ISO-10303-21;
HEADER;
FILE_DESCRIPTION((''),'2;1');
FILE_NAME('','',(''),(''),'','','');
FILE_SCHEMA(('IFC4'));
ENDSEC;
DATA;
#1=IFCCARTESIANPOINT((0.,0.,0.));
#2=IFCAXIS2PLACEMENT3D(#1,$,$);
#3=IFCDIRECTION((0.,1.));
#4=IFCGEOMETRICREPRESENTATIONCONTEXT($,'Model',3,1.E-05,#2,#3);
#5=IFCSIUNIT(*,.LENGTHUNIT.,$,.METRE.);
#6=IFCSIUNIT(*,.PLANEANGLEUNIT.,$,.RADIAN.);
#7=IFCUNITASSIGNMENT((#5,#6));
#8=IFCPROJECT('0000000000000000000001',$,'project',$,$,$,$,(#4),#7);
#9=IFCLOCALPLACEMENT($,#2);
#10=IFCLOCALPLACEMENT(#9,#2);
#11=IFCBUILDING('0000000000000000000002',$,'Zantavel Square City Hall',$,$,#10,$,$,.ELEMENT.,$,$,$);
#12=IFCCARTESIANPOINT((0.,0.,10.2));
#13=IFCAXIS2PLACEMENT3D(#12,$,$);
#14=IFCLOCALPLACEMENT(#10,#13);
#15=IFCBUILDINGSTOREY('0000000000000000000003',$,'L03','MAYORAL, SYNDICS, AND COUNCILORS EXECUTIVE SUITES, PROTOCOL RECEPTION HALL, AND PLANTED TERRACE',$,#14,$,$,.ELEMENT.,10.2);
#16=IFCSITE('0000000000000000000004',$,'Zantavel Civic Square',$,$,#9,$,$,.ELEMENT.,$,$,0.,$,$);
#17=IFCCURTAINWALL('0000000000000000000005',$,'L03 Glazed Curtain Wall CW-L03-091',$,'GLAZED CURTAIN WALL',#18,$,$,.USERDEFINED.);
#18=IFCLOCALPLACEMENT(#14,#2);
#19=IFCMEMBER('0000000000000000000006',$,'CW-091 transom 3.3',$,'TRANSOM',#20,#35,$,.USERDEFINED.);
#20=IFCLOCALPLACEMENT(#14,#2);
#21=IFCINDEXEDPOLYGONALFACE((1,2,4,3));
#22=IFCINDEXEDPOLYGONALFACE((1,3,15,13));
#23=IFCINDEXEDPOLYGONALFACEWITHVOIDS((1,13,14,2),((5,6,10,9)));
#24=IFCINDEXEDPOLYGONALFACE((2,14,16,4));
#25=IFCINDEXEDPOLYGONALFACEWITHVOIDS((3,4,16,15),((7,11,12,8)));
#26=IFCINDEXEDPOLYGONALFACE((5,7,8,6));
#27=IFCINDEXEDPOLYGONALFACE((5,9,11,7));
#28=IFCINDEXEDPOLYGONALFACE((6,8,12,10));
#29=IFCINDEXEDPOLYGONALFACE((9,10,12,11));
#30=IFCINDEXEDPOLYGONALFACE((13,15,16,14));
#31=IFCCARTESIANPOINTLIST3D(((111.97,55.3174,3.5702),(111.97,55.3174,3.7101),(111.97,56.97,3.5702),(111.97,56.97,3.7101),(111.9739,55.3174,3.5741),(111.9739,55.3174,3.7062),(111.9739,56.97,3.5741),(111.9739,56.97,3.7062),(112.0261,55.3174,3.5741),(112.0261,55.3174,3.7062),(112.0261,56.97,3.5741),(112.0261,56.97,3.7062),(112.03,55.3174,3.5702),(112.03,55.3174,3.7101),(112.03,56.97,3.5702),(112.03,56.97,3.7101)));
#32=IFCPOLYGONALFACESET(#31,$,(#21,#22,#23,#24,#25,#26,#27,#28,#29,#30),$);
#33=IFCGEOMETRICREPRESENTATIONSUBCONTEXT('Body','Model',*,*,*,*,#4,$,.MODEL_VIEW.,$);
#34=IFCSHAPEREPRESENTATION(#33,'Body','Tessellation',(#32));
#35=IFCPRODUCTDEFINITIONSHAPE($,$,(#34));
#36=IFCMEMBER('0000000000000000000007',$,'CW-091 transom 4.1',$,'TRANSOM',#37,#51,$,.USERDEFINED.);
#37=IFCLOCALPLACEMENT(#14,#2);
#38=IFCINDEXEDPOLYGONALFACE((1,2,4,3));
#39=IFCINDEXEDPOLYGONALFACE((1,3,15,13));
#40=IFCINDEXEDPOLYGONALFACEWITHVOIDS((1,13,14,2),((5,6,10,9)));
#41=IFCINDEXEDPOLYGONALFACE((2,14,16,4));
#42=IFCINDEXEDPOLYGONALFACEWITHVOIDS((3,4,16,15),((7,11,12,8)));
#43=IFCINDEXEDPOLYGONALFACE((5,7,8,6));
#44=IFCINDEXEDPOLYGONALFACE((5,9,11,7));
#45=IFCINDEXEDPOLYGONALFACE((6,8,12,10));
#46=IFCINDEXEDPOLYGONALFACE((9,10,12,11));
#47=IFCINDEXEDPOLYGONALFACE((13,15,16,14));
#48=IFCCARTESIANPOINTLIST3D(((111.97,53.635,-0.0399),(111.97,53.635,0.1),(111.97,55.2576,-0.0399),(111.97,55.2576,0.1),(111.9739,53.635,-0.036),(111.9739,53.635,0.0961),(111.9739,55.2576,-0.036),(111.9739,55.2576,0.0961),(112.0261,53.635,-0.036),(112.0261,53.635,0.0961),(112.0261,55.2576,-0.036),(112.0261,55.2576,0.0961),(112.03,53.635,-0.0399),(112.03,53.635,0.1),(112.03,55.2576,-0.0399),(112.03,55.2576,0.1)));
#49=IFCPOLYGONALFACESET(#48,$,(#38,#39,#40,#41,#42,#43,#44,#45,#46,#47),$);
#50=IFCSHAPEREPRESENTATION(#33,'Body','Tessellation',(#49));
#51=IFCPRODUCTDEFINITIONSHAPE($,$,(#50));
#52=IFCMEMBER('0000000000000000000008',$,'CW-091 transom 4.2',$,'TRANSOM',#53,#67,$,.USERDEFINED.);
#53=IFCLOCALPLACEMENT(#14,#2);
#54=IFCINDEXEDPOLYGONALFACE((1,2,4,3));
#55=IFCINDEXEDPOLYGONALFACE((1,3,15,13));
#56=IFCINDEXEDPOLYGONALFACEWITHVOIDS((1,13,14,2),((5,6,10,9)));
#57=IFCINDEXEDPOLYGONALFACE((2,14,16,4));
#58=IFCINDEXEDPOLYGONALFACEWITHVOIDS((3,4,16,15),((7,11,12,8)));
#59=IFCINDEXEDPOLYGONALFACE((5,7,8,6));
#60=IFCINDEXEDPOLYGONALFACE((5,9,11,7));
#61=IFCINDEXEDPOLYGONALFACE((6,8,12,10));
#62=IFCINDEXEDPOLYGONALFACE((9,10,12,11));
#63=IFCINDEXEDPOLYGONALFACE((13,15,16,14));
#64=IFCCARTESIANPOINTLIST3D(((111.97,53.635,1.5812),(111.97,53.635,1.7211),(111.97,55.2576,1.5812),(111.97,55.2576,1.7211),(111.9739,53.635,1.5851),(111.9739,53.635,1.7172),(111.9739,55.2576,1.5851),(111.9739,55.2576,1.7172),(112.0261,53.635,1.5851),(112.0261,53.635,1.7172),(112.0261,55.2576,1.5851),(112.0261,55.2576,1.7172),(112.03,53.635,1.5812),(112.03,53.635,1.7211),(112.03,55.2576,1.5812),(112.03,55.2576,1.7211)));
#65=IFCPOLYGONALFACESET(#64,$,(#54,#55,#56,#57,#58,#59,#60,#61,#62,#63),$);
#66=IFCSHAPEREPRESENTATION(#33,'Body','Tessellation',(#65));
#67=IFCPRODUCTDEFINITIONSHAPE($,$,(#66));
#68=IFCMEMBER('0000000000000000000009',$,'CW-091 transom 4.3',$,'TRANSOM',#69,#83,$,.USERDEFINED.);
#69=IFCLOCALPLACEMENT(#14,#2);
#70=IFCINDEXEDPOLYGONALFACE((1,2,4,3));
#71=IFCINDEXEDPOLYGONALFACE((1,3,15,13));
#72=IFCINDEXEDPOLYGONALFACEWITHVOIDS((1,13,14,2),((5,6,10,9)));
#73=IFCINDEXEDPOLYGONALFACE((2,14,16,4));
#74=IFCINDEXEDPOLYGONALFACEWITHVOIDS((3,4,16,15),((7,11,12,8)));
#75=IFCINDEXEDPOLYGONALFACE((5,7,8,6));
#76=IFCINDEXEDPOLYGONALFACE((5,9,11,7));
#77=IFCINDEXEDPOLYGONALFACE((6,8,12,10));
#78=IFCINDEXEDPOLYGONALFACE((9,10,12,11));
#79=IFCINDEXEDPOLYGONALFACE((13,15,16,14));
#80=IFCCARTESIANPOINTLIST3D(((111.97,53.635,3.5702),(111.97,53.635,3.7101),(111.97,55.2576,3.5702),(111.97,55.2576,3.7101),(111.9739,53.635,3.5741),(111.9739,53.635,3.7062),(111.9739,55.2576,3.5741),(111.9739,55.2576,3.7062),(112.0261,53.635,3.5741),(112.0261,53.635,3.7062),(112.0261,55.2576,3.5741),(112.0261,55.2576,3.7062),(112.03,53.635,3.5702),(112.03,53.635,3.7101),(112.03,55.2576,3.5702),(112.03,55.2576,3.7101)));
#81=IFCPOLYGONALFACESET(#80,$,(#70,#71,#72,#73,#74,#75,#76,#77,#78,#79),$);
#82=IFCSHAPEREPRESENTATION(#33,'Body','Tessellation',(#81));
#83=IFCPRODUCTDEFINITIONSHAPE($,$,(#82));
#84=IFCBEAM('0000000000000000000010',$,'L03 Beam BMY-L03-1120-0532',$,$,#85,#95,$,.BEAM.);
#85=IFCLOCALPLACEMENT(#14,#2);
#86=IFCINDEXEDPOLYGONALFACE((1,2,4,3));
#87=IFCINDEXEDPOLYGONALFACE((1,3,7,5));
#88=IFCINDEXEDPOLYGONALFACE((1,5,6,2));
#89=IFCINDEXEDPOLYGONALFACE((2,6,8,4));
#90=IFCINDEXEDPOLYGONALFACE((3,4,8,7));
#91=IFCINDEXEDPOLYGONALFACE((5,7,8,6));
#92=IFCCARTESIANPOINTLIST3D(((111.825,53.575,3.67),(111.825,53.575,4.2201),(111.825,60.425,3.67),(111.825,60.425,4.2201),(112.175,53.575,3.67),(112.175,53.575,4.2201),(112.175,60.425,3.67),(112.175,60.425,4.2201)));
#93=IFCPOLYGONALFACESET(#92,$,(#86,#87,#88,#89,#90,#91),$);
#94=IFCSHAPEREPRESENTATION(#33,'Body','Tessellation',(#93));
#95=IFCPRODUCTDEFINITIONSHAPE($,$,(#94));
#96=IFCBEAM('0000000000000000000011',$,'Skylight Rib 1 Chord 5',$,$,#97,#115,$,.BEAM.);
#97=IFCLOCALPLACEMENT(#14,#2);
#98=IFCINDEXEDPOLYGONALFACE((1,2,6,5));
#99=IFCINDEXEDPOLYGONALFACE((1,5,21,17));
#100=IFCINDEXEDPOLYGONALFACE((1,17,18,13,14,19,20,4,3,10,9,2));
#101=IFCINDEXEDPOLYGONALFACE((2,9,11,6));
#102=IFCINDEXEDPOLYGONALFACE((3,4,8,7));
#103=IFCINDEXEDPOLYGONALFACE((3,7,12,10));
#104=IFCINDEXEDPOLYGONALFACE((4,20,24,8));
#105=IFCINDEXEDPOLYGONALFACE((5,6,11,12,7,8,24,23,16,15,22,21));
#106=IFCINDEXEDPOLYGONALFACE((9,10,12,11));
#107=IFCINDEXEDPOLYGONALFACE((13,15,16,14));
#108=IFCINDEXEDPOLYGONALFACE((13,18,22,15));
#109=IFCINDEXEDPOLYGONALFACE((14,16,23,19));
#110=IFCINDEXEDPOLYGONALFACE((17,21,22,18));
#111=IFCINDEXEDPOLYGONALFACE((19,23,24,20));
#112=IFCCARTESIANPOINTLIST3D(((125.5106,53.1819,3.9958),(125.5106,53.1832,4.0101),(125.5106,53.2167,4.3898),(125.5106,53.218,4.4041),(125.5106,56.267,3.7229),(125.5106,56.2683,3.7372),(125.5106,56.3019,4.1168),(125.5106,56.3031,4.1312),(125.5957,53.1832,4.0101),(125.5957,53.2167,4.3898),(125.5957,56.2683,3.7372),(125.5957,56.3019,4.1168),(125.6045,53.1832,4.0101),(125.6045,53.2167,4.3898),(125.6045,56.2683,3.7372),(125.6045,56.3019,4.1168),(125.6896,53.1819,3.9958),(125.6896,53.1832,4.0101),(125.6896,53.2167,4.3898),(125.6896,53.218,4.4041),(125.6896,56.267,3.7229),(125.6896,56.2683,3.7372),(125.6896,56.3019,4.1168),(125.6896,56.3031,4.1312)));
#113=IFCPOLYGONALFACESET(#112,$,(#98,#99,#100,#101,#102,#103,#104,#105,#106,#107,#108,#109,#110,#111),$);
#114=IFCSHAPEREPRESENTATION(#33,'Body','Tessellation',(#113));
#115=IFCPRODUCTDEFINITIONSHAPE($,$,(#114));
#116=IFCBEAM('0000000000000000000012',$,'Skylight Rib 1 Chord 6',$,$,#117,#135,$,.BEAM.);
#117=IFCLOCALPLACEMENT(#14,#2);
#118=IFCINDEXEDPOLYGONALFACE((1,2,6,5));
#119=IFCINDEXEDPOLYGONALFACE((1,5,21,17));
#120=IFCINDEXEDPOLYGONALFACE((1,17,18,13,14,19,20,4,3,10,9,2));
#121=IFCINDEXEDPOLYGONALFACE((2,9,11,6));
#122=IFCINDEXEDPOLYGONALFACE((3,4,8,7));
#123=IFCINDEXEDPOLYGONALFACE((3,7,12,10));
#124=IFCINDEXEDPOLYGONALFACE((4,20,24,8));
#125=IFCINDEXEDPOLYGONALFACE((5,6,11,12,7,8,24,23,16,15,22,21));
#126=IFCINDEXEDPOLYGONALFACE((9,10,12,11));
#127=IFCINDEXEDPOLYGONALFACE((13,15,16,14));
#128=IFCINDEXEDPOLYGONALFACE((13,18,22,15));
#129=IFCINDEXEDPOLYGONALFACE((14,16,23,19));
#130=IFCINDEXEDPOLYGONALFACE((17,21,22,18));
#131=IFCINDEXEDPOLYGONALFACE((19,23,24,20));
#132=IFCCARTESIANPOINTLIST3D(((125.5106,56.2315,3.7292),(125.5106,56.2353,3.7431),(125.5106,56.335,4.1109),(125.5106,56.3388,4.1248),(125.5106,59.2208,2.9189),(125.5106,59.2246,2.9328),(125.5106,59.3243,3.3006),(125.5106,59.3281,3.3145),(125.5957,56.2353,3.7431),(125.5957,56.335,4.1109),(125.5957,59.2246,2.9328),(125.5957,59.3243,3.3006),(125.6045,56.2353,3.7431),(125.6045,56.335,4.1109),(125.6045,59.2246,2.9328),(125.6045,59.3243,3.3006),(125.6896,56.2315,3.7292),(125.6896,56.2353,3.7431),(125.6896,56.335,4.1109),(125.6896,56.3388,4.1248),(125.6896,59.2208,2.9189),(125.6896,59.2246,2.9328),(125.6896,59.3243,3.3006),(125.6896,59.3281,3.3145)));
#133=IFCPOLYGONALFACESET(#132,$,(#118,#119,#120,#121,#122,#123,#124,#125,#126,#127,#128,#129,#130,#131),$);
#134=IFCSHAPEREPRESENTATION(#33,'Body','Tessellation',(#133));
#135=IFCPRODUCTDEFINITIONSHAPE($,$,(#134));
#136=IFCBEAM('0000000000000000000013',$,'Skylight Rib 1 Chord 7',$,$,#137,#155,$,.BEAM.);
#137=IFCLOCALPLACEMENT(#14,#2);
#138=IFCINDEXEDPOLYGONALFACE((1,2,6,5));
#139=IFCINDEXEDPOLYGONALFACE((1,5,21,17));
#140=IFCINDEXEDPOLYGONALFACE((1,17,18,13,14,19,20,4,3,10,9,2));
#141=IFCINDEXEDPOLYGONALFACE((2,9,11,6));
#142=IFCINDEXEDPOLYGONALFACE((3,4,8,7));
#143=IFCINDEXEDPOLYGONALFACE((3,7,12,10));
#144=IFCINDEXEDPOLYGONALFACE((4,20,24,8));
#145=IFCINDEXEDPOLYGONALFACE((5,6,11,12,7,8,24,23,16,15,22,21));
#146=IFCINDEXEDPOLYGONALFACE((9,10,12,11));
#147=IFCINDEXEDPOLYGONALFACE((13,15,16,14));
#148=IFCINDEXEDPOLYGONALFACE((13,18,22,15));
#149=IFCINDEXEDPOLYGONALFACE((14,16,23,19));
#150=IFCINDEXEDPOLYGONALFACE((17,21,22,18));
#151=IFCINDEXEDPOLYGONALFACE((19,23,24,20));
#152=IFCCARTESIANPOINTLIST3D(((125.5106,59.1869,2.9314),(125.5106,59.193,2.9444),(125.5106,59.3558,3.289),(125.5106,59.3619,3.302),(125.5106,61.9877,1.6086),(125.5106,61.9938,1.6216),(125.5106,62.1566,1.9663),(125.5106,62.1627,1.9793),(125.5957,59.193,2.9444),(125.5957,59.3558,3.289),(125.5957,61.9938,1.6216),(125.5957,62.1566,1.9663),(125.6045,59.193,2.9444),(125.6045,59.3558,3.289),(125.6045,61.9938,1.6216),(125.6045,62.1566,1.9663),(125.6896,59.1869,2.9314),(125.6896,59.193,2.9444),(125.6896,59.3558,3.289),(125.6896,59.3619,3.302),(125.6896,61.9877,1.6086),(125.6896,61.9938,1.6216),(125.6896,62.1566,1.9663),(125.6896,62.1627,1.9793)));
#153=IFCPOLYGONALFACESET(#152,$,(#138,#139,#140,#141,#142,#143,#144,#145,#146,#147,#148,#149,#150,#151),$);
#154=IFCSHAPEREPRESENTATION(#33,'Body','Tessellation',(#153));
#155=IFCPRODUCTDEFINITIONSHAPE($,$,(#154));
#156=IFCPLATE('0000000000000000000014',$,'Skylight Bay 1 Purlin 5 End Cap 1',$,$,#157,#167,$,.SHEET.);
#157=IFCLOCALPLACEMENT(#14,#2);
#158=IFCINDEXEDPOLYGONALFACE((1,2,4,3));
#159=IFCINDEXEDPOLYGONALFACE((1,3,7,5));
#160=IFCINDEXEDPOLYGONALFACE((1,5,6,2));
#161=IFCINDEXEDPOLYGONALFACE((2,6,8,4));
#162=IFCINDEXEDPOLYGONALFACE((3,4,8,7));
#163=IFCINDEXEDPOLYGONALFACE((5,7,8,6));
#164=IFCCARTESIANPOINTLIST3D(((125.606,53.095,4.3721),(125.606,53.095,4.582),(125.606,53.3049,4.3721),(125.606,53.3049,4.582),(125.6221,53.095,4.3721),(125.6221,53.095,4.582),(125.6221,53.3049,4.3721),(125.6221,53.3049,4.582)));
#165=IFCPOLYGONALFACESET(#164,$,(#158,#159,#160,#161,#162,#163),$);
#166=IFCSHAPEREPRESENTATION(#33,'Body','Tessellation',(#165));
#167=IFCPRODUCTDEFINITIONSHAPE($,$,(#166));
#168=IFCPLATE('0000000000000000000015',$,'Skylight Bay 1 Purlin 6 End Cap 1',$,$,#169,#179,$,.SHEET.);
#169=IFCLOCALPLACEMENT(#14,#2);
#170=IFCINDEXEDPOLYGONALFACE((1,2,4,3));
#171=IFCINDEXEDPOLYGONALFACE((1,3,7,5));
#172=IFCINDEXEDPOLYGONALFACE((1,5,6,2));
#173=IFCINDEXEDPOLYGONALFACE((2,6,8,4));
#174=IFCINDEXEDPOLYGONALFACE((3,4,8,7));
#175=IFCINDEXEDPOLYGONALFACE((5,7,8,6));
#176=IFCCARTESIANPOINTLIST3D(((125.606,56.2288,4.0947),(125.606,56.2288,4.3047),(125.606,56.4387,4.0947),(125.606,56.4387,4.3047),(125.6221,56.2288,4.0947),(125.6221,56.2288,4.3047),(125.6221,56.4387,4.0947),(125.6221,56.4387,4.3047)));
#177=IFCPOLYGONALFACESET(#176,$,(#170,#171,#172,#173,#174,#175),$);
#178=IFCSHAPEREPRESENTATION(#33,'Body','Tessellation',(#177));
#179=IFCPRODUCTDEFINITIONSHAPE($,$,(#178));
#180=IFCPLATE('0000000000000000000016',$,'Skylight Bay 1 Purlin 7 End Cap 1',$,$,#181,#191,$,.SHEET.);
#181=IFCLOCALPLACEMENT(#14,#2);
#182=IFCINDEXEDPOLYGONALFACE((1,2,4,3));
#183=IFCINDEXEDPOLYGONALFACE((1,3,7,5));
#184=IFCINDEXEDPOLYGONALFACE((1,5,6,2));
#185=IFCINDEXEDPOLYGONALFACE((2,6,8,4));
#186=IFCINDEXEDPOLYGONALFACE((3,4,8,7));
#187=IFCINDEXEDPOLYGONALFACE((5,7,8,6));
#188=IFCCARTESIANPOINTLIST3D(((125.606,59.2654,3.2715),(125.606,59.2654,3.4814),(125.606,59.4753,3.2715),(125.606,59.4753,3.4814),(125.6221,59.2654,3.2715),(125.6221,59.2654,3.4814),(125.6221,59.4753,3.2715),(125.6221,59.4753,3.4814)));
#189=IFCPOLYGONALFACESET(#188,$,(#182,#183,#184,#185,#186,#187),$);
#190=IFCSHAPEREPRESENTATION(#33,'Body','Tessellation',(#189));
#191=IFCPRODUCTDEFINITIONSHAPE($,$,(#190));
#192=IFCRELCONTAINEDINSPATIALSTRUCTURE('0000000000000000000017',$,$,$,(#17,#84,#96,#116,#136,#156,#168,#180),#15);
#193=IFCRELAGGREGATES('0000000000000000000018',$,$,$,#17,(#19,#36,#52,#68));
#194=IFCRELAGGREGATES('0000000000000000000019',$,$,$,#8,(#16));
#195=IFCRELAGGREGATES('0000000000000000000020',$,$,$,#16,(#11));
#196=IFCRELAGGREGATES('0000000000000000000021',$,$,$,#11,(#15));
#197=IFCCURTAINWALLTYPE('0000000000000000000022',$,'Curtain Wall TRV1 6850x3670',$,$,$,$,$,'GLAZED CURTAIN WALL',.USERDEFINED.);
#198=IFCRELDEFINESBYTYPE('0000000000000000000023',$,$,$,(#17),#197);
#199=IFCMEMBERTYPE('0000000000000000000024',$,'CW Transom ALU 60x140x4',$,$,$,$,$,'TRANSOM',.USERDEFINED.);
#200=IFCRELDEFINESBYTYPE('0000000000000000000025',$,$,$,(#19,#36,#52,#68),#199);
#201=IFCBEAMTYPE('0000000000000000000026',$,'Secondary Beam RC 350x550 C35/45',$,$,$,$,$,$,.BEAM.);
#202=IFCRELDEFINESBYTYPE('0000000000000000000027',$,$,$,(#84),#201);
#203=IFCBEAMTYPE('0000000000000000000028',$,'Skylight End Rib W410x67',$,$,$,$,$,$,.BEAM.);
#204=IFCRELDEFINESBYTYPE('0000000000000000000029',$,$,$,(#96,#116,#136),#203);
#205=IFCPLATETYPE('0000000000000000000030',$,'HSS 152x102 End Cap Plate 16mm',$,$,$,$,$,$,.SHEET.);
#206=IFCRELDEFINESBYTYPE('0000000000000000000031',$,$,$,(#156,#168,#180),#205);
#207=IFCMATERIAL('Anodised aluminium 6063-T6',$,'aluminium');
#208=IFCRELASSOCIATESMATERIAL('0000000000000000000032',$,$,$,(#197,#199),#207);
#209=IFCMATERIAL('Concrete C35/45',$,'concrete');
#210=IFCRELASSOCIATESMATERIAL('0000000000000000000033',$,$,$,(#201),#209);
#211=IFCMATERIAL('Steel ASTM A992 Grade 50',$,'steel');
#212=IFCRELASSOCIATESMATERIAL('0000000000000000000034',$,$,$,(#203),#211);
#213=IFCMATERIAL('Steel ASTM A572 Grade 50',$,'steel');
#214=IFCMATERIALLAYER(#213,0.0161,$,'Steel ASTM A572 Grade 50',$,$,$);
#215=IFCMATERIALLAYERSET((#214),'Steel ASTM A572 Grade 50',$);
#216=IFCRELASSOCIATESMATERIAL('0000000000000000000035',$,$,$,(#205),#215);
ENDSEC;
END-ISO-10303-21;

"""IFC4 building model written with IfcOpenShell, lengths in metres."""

from ifc_helpers import new_model, si_unit, direction, frame, origin, origin_2d, place, context, subcontext, project, spatial, rectangle, hollow_rectangle, i_section, extrude, material, layer, layer_set, material_profile, profile_set, type_object, element, aggregate, save


model = new_model("IFC4")

# Units and contexts
model_context = context("Model", 3, precision=1e-05, world=origin(), true_north=direction((0.0, 1.0)))
body_context = subcontext(model_context, "Body", "Model", "MODEL_VIEW")
ifc_project = project(units=[si_unit("LENGTHUNIT", "METRE"), si_unit("PLANEANGLEUNIT", "RADIAN")], contexts=[model_context])

# Site, building, storey
site_placement = place(None, origin())
site = spatial("IfcSite", under=ifc_project, at=site_placement, Name="Zantavel Civic Square", CompositionType="ELEMENT", RefElevation=0.0)
building_placement = place(site_placement, origin())
building = spatial("IfcBuilding", under=site, at=building_placement, Name="Zantavel Square City Hall", CompositionType="ELEMENT")
storey_placement = place(building_placement, frame((0.0, 0.0, 10.2)))
storey = spatial("IfcBuildingStorey", under=building, at=storey_placement, Name="L03", Description="MAYORAL, SYNDICS, AND COUNCILORS EXECUTIVE SUITES, PROTOCOL RECEPTION HALL, AND PLANTED TERRACE", CompositionType="ELEMENT", Elevation=10.2)

# Curtain wall, members
ifc_material_1 = material(Name="Anodised aluminium 6063-T6", Category="aluminium")
curtain_wall_type = type_object("IfcCurtainWallType", Name="Curtain Wall TRV1 6850x3670", ElementType="GLAZED CURTAIN WALL", PredefinedType="USERDEFINED", material=ifc_material_1)
curtain_wall_placement = place(storey_placement, origin())
curtain_wall = element("IfcCurtainWall", 1, at=curtain_wall_placement, inside=storey, type_object=curtain_wall_type, Name="L03 Glazed Curtain Wall CW-L03-091", ObjectType="GLAZED CURTAIN WALL", PredefinedType="USERDEFINED")
ifc_material_profile_1 = material_profile(ifc_material_1, hollow_rectangle(XDim=0.0601, YDim=0.1399, WallThickness=0.0039, at=origin_2d()), Name="ALU 60x140x4")
ifc_profile_set_1 = profile_set([ifc_material_profile_1], Name="Anodised aluminium 6063-T6")
member_type_1 = type_object("IfcMemberType", Name="CW Transom ALU 60x140x4", ElementType="TRANSOM", PredefinedType="USERDEFINED", material=ifc_profile_set_1)
member_1_placement = place(storey_placement, frame((112.0, 56.97, 3.6401), z_axis=(0.0, -1.0, 0.0), x_axis=(1.0, 0.0, 0.0)))
member_1 = element("IfcMember", 2, at=member_1_placement, type_object=member_type_1, Name="CW-091 transom 3.3", ObjectType="TRANSOM", PredefinedType="USERDEFINED", context=body_context, shape_type="SweptSolid", body=[
    extrude(hollow_rectangle(XDim=0.0601, YDim=0.1399, WallThickness=0.0039, at=origin_2d()), origin(), (0.0, 0.0, 1.0), 1.6526),
])
member_2_placement = place(storey_placement, frame((112.0, 55.2576, 0.03), z_axis=(0.0, -1.0, 0.0), x_axis=(1.0, 0.0, 0.0)))
member_2 = element("IfcMember", 3, at=member_2_placement, type_object=member_type_1, Name="CW-091 transom 4.1", ObjectType="TRANSOM", PredefinedType="USERDEFINED", context=body_context, shape_type="SweptSolid", body=[
    extrude(hollow_rectangle(XDim=0.0601, YDim=0.1399, WallThickness=0.0039, at=origin_2d()), origin(), (0.0, 0.0, 1.0), 1.6226),
])
member_3_placement = place(storey_placement, frame((112.0, 55.2576, 1.6511), z_axis=(0.0, -1.0, 0.0), x_axis=(1.0, 0.0, 0.0)))
member_3 = element("IfcMember", 4, at=member_3_placement, type_object=member_type_1, Name="CW-091 transom 4.2", ObjectType="TRANSOM", PredefinedType="USERDEFINED", context=body_context, shape_type="SweptSolid", body=[
    extrude(hollow_rectangle(XDim=0.0601, YDim=0.1399, WallThickness=0.0039, at=origin_2d()), origin(), (0.0, 0.0, 1.0), 1.6226),
])
member_4_placement = place(storey_placement, frame((112.0, 55.2576, 3.6401), z_axis=(0.0, -1.0, 0.0), x_axis=(1.0, 0.0, 0.0)))
member_4 = element("IfcMember", 5, at=member_4_placement, type_object=member_type_1, Name="CW-091 transom 4.3", ObjectType="TRANSOM", PredefinedType="USERDEFINED", context=body_context, shape_type="SweptSolid", body=[
    extrude(hollow_rectangle(XDim=0.0601, YDim=0.1399, WallThickness=0.0039, at=origin_2d()), origin(), (0.0, 0.0, 1.0), 1.6226),
])

# Beams
ifc_material_2 = material(Name="Concrete C35/45", Category="concrete")
ifc_material_profile_2 = material_profile(ifc_material_2, rectangle(XDim=0.3501, YDim=0.55, at=origin_2d()), Name="RC 350x550")
ifc_profile_set_2 = profile_set([ifc_material_profile_2], Name="Concrete C35/45")
beam_type_1 = type_object("IfcBeamType", Name="Secondary Beam RC 350x550 C35/45", PredefinedType="BEAM", material=ifc_profile_set_2)
beam_1_placement = place(storey_placement, frame((112.0, 53.575, 3.9451), z_axis=(0.0, 1.0, 0.0), x_axis=(-1.0, 0.0, 0.0)))
element("IfcBeam", 6, at=beam_1_placement, inside=storey, type_object=beam_type_1, Name="L03 Beam BMY-L03-1120-0532", PredefinedType="BEAM", context=body_context, shape_type="SweptSolid", body=[
    extrude(rectangle(XDim=0.3501, YDim=0.55, at=origin_2d()), origin(), (0.0, 0.0, 1.0), 6.8501),
])
ifc_material_3 = material(Name="Steel ASTM A992 Grade 50", Category="steel")
ifc_material_profile_3 = material_profile(ifc_material_3, i_section(OverallWidth=0.179, OverallDepth=0.4099, WebThickness=0.0088, FlangeThickness=0.0144, at=origin_2d()), Name="W410x67")
ifc_profile_set_3 = profile_set([ifc_material_profile_3], Name="Steel ASTM A992 Grade 50")
beam_type_2 = type_object("IfcBeamType", Name="Skylight End Rib W410x67", PredefinedType="BEAM", material=ifc_profile_set_3)
for number, where, z_axis, x_axis, name in (
    (7, (125.6001, 53.2, 4.2), (0.0, 0.996109, -0.088126), (-1.0, 0.0, 0.0), "Skylight Rib 1 Chord 5"),
    (8, (125.6001, 56.2852, 3.927), (0.0, 0.965168, -0.26163), (-1.0, 0.0, 0.0), "Skylight Rib 1 Chord 6"),
):
    element("IfcBeam", number, at=place(storey_placement, frame(where, z_axis=z_axis, x_axis=x_axis)), inside=storey, type_object=beam_type_2, Name=name, PredefinedType="BEAM", context=body_context, shape_type="SweptSolid", body=[
        extrude(i_section(OverallWidth=0.179, OverallDepth=0.4099, WebThickness=0.0088, FlangeThickness=0.0144, at=origin_2d()), origin(), (0.0, 0.0, 1.0), 3.0972),
    ])
beam_2_placement = place(storey_placement, frame((125.6001, 59.2744, 3.1167), z_axis=(0.0, 0.904228, -0.427049), x_axis=(-1.0, 0.0, 0.0)))
element("IfcBeam", 9, at=beam_2_placement, inside=storey, type_object=beam_type_2, Name="Skylight Rib 1 Chord 7", PredefinedType="BEAM", context=body_context, shape_type="SweptSolid", body=[
    extrude(i_section(OverallWidth=0.179, OverallDepth=0.4099, WebThickness=0.0088, FlangeThickness=0.0144, at=origin_2d()), origin(), (0.0, 0.0, 1.0), 3.0974),
])

# Plates
ifc_material_4 = material(Name="Steel ASTM A572 Grade 50", Category="steel")
ifc_layer_1 = layer(ifc_material_4, 0.0161, Name="Steel ASTM A572 Grade 50")
ifc_layer_set_1 = layer_set([ifc_layer_1], Name="Steel ASTM A572 Grade 50")
plate_type_1 = type_object("IfcPlateType", Name="HSS 152x102 End Cap Plate 16mm", PredefinedType="SHEET", material=ifc_layer_set_1)
for number, where, z_axis, x_axis, name in (
    (10, (125.614, 53.2, 4.3721), (0.0, 0.0, 1.0), (1.0, 0.0, 0.0), "Skylight Bay 1 Purlin 5 End Cap 1"),
    (11, (125.614, 56.3337, 4.0947), (0.0, 0.0, 1.0), (1.0, 0.0, 0.0), "Skylight Bay 1 Purlin 6 End Cap 1"),
    (12, (125.614, 59.3704, 3.2715), (0.0, 0.0, 1.0), (1.0, 0.0, 0.0), "Skylight Bay 1 Purlin 7 End Cap 1"),
):
    element("IfcPlate", number, at=place(storey_placement, frame(where, z_axis=z_axis, x_axis=x_axis)), inside=storey, type_object=plate_type_1, Name=name, PredefinedType="SHEET", context=body_context, shape_type="SweptSolid", body=[
        extrude(rectangle(XDim=0.0161, YDim=0.21, at=origin_2d()), origin(), (0.0, 0.0, 1.0), 0.21),
    ])

aggregate(curtain_wall, [member_1, member_2, member_3, member_4])

save(model, "model.ifc")
